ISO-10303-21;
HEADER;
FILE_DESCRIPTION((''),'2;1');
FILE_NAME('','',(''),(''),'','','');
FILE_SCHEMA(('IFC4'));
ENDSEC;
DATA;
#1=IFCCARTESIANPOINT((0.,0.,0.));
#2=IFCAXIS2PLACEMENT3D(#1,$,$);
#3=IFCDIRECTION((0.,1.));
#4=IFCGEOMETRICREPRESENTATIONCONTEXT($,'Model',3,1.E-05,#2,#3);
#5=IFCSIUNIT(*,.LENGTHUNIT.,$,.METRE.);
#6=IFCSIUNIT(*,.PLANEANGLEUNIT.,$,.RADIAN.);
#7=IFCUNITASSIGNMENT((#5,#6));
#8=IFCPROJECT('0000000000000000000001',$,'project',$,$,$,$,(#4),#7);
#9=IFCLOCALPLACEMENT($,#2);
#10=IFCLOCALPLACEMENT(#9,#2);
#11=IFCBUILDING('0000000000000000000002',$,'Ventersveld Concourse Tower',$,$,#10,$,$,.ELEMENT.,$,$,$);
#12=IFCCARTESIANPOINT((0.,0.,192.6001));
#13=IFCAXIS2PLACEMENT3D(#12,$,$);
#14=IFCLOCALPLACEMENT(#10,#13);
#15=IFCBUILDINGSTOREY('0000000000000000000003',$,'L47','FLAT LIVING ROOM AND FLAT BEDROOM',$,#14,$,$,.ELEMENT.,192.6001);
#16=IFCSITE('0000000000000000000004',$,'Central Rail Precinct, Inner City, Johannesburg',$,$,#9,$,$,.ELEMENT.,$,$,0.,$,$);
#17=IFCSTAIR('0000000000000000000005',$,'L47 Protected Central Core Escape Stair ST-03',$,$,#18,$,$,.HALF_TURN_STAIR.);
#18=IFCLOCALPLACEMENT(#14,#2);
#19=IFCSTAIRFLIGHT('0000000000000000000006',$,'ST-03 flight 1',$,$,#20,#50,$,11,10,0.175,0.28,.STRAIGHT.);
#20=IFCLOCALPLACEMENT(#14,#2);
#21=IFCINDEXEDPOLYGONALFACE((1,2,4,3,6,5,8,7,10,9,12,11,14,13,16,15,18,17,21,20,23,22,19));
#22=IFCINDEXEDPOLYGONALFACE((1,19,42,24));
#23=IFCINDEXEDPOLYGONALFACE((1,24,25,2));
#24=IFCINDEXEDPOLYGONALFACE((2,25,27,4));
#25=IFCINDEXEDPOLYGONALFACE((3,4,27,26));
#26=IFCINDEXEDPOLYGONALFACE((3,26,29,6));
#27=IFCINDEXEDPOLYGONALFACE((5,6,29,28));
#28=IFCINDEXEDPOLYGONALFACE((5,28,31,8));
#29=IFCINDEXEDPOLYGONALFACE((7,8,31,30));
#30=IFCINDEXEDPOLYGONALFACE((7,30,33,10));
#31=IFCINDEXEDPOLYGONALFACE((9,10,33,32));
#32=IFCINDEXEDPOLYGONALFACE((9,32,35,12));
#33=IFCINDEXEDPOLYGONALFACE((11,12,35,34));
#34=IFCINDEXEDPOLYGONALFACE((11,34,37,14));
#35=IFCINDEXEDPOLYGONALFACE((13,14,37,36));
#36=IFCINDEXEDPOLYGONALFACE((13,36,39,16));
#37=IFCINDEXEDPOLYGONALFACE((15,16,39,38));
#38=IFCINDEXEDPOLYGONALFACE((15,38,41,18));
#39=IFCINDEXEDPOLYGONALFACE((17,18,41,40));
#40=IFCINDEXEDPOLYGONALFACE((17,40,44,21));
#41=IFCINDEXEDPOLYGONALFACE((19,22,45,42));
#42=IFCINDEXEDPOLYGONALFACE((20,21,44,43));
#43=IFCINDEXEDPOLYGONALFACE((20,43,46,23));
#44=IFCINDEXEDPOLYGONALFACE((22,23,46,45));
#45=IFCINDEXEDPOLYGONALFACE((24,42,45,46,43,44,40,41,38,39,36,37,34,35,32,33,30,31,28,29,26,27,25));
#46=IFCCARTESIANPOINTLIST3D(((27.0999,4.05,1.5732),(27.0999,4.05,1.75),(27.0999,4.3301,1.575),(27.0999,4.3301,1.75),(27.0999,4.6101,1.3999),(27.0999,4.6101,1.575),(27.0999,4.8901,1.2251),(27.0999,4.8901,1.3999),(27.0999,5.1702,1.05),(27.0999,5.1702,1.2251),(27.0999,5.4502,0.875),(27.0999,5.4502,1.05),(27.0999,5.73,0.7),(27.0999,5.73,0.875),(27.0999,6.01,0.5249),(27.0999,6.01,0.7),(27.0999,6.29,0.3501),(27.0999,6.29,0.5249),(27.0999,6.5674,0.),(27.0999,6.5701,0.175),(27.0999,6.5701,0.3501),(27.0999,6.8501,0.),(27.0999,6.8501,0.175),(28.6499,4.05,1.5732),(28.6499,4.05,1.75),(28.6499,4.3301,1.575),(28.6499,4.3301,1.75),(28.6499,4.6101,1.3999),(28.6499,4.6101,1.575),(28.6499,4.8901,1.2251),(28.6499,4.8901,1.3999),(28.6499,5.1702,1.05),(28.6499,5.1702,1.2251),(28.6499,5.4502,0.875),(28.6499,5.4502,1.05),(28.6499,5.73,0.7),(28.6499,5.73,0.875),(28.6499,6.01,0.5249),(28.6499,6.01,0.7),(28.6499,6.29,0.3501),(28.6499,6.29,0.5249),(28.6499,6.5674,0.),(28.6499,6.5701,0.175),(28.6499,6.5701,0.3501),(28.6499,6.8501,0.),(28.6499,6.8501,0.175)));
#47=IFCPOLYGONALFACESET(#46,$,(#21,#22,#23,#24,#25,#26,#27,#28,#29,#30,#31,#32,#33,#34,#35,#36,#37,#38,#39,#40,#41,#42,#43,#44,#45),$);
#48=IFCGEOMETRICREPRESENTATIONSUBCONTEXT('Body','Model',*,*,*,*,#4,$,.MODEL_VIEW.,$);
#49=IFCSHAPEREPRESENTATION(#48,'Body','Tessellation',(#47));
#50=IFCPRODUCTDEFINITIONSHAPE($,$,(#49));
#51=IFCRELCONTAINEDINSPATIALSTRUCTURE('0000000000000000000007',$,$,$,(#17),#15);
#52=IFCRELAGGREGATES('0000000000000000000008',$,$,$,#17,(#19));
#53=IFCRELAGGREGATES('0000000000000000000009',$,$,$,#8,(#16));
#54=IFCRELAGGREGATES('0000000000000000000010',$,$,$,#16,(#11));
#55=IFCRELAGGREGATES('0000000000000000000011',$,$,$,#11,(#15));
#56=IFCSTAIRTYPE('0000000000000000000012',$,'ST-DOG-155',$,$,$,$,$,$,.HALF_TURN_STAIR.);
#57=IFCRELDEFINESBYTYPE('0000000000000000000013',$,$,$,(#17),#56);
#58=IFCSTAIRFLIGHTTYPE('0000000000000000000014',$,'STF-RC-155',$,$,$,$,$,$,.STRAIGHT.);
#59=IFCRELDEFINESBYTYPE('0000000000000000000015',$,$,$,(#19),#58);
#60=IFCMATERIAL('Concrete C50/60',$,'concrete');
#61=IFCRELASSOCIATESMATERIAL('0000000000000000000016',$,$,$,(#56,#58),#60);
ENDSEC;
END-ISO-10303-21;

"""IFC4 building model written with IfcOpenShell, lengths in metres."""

from ifc_helpers import new_model, si_unit, direction, frame, origin, place, context, subcontext, project, spatial, polyline, outline, extrude, material, type_object, element, aggregate, save


model = new_model("IFC4")

# Units and contexts
model_context = context("Model", 3, precision=1e-05, world=origin(), true_north=direction((0.0, 1.0)))
body_context = subcontext(model_context, "Body", "Model", "MODEL_VIEW")
ifc_project = project(units=[si_unit("LENGTHUNIT", "METRE"), si_unit("PLANEANGLEUNIT", "RADIAN")], contexts=[model_context])

# Site, building, storey
site_placement = place(None, origin())
site = spatial("IfcSite", under=ifc_project, at=site_placement, Name="Central Rail Precinct, Inner City, Johannesburg", CompositionType="ELEMENT", RefElevation=0.0)
building_placement = place(site_placement, origin())
building = spatial("IfcBuilding", under=site, at=building_placement, Name="Ventersveld Concourse Tower", CompositionType="ELEMENT")
storey_placement = place(building_placement, frame((0.0, 0.0, 192.6001)))
storey = spatial("IfcBuildingStorey", under=building, at=storey_placement, Name="L47", Description="FLAT LIVING ROOM AND FLAT BEDROOM", CompositionType="ELEMENT", Elevation=192.6001)

# Shared definitions
ifc_material_1 = material(Name="Concrete C50/60", Category="concrete")

# Stair, stair flight
stair_type = type_object("IfcStairType", Name="ST-DOG-155", PredefinedType="HALF_TURN_STAIR", material=ifc_material_1)
stair_placement = place(storey_placement, origin())
stair = element("IfcStair", 1, at=stair_placement, inside=storey, type_object=stair_type, Name="L47 Protected Central Core Escape Stair ST-03", PredefinedType="HALF_TURN_STAIR")
stair_flight_type = type_object("IfcStairFlightType", Name="STF-RC-155", PredefinedType="STRAIGHT", material=ifc_material_1)
stair_flight_placement = place(storey_placement, frame((27.875, 6.8501, 0.0), z_axis=(0.0, 0.0, 1.0), x_axis=(0.0, -1.0, 0.0)))
stair_flight = element("IfcStairFlight", 2, at=stair_flight_placement, type_object=stair_flight_type, Name="ST-03 flight 1", NumberOfRisers=11, NumberOfTreads=10, PredefinedType="STRAIGHT", RiserHeight=0.175, TreadLength=0.28, context=body_context, shape_type="SweptSolid", body=[
    extrude(outline(polyline([(0.0, 0.0), (0.0, 0.175), (0.28, 0.175), (0.28, 0.3501), (0.5601, 0.3501), (0.5601, 0.5249), (0.8401, 0.5249), (0.8401, 0.7), (1.1201, 0.7), (1.1201, 0.875), (1.3999, 0.875), (1.3999, 1.05), (1.6799, 1.05), (1.6799, 1.2251), (1.96, 1.2251), (1.96, 1.3999), (2.24, 1.3999), (2.24, 1.575), (2.52, 1.575), (2.52, 1.75), (2.8, 1.75), (2.8, 1.925), (2.8, 1.5732), (0.2827, 0.0), (0.0, 0.0)])), frame((0.0, 0.7749, 0.0), z_axis=(0.0, -1.0, 0.0), x_axis=(1.0, 0.0, 0.0)), (0.0, 0.0, 1.0), 1.55),
])
aggregate(stair, [stair_flight])

save(model, "model.ifc")
